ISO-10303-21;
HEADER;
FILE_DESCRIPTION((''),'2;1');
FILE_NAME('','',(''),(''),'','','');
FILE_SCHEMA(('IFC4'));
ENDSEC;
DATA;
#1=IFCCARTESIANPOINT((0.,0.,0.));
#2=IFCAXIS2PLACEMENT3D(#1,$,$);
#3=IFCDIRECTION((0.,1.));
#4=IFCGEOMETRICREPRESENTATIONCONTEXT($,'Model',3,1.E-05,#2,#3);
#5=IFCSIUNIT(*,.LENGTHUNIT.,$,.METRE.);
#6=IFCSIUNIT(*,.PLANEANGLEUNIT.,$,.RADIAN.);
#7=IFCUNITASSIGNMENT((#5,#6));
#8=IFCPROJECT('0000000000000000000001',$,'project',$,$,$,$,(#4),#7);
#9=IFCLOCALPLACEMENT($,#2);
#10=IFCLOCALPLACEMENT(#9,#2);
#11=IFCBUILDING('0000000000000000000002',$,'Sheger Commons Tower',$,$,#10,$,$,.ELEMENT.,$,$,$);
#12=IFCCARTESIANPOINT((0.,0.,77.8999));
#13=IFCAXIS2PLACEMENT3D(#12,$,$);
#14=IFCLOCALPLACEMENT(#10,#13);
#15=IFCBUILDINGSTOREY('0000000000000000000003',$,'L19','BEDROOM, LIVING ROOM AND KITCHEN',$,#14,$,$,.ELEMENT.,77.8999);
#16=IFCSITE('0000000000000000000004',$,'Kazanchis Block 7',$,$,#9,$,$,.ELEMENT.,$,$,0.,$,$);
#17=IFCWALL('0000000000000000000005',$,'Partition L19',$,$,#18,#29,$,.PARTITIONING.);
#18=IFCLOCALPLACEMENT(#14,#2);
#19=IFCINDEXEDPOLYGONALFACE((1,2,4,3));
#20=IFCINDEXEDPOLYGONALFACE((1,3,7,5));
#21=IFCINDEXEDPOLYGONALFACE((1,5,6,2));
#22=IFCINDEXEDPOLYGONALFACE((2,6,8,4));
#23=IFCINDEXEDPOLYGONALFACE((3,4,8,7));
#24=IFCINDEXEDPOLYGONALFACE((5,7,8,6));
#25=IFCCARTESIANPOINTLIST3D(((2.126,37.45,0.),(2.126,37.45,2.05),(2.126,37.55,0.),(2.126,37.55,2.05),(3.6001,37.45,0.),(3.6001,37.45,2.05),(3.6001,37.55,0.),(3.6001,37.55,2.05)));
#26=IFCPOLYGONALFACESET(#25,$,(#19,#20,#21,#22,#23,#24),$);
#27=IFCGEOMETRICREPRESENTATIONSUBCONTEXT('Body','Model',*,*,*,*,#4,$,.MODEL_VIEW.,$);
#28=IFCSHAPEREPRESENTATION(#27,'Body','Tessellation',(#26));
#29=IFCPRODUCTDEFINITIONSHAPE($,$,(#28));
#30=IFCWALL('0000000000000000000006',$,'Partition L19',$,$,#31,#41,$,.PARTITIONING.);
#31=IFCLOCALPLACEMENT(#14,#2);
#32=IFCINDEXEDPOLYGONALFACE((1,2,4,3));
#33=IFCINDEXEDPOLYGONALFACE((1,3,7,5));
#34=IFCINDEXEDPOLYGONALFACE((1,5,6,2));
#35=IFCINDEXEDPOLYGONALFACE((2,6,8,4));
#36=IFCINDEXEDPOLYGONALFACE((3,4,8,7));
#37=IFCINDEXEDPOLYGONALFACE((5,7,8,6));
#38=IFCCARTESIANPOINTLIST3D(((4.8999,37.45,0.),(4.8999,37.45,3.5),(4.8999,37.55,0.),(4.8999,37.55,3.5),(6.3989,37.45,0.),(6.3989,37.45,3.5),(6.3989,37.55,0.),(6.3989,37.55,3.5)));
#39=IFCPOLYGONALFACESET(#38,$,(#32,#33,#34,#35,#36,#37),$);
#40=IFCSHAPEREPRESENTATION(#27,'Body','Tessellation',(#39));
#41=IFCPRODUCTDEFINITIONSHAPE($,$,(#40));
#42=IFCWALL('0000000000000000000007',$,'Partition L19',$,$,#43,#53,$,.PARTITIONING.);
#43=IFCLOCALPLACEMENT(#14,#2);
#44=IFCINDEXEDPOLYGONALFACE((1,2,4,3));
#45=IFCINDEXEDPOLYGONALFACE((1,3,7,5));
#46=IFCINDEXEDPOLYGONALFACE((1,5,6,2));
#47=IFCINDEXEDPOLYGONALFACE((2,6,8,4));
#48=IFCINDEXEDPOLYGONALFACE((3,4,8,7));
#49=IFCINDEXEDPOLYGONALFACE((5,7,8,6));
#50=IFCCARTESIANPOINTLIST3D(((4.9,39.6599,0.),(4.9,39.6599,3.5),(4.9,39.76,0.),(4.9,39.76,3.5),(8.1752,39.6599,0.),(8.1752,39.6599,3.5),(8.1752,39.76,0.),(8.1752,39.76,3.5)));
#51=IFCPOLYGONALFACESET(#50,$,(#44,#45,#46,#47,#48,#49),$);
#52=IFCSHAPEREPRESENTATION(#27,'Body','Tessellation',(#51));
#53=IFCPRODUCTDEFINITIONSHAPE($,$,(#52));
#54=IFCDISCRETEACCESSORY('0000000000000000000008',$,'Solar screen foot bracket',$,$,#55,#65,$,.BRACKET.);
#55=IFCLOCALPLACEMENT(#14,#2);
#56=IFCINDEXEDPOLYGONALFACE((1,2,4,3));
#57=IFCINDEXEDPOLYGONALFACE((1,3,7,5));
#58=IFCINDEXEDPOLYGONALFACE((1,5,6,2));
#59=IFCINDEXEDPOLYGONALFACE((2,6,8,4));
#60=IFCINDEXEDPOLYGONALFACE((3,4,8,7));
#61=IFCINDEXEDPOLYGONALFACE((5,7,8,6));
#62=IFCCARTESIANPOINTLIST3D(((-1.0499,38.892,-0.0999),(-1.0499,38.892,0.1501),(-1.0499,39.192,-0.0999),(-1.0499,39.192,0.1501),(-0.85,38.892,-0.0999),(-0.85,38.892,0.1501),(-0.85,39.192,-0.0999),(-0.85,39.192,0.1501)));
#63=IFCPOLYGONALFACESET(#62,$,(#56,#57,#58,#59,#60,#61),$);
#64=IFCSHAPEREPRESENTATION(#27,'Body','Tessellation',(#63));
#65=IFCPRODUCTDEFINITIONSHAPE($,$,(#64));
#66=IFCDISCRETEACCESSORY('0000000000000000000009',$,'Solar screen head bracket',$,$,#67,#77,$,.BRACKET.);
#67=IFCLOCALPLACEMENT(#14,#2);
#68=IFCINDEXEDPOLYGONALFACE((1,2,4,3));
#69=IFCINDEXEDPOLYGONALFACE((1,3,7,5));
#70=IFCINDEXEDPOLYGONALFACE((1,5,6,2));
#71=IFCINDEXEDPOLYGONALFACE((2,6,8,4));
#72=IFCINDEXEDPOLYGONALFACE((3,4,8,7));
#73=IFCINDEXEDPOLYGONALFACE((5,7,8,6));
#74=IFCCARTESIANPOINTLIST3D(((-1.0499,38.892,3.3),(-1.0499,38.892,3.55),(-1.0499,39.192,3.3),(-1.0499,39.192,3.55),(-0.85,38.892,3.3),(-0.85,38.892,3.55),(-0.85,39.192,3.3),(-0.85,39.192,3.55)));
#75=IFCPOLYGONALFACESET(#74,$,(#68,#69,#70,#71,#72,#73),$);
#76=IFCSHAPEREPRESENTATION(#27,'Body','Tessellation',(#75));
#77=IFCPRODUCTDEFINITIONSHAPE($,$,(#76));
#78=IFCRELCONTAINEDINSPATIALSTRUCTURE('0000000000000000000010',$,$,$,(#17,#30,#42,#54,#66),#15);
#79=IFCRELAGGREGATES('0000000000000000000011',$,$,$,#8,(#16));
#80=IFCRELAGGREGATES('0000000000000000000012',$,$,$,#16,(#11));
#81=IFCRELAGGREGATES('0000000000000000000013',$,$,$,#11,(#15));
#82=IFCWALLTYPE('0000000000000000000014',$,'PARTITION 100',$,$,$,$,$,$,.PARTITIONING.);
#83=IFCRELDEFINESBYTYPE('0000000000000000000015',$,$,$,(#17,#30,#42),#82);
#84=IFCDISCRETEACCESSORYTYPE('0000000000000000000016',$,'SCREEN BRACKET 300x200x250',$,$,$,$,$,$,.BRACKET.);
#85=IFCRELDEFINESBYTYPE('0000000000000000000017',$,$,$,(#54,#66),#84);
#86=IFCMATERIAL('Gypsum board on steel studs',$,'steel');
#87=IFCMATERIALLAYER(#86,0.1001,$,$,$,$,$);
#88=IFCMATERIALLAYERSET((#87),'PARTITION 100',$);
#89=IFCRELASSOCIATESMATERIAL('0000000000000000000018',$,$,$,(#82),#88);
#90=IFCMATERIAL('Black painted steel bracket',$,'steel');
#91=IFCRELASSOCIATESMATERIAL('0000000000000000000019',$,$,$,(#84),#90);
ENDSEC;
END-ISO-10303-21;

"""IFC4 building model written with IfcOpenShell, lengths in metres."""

from ifc_helpers import new_model, si_unit, direction, frame, frame_2d, origin, origin_2d, place, context, subcontext, project, spatial, rectangle, extrude, material, layer, layer_set, type_object, element, save


model = new_model("IFC4")

# Units and contexts
model_context = context("Model", 3, precision=1e-05, world=origin(), true_north=direction((0.0, 1.0)))
body_context = subcontext(model_context, "Body", "Model", "MODEL_VIEW")
ifc_project = project(units=[si_unit("LENGTHUNIT", "METRE"), si_unit("PLANEANGLEUNIT", "RADIAN")], contexts=[model_context])

# Site, building, storey
site_placement = place(None, origin())
site = spatial("IfcSite", under=ifc_project, at=site_placement, Name="Kazanchis Block 7", CompositionType="ELEMENT", RefElevation=0.0)
building_placement = place(site_placement, origin())
building = spatial("IfcBuilding", under=site, at=building_placement, Name="Sheger Commons Tower", CompositionType="ELEMENT")
storey_placement = place(building_placement, frame((0.0, 0.0, 77.8999)))
storey = spatial("IfcBuildingStorey", under=building, at=storey_placement, Name="L19", Description="BEDROOM, LIVING ROOM AND KITCHEN", CompositionType="ELEMENT", Elevation=77.8999)

# Shared definitions
ifc_material_1 = material(Name="Gypsum board on steel studs", Category="steel")
ifc_layer_1 = layer(ifc_material_1, 0.1001)
ifc_layer_set_1 = layer_set([ifc_layer_1], Name="PARTITION 100")
wall_type_1 = type_object("IfcWallType", Name="PARTITION 100", PredefinedType="PARTITIONING", material=ifc_layer_set_1)

# Walls
wall_1_placement = place(storey_placement, frame((2.126, 37.5, 0.0), z_axis=(0.0, 0.0, 1.0), x_axis=(1.0, 0.0, 0.0)))
element("IfcWall", 1, at=wall_1_placement, inside=storey, type_object=wall_type_1, Name="Partition L19", PredefinedType="PARTITIONING", context=body_context, shape_type="SweptSolid", body=[
    extrude(rectangle(XDim=1.4741, YDim=0.1001, at=frame_2d((0.7371, 0.0))), origin(), (0.0, 0.0, 1.0), 2.05),
])
wall_2_placement = place(storey_placement, frame((4.8999, 37.5, 0.0), z_axis=(0.0, 0.0, 1.0), x_axis=(1.0, 0.0, 0.0)))
element("IfcWall", 2, at=wall_2_placement, inside=storey, type_object=wall_type_1, Name="Partition L19", PredefinedType="PARTITIONING", context=body_context, shape_type="SweptSolid", body=[
    extrude(rectangle(XDim=1.499, YDim=0.1001, at=frame_2d((0.7495, 0.0))), origin(), (0.0, 0.0, 1.0), 3.5),
])
wall_3_placement = place(storey_placement, frame((4.8999, 39.71, 0.0), z_axis=(0.0, 0.0, 1.0), x_axis=(1.0, 0.0, 0.0)))
element("IfcWall", 3, at=wall_3_placement, inside=storey, type_object=wall_type_1, Name="Partition L19", PredefinedType="PARTITIONING", context=body_context, shape_type="SweptSolid", body=[
    extrude(rectangle(XDim=3.2751, YDim=0.1001, at=frame_2d((1.6377, 0.0))), origin(), (0.0, 0.0, 1.0), 3.5),
])

# Discrete accessories
ifc_material_2 = material(Name="Black painted steel bracket", Category="steel")
discrete_accessory_type = type_object("IfcDiscreteAccessoryType", Name="SCREEN BRACKET 300x200x250", PredefinedType="BRACKET", material=ifc_material_2)
for number, where, z_axis, x_axis, name in (
    (4, (-0.95, 39.042, -0.0999), (0.0, 0.0, 1.0), (0.0, -1.0, 0.0), "Solar screen foot bracket"),
    (5, (-0.95, 39.042, 3.3), (0.0, 0.0, 1.0), (0.0, -1.0, 0.0), "Solar screen head bracket"),
):
    element("IfcDiscreteAccessory", number, at=place(storey_placement, frame(where, z_axis=z_axis, x_axis=x_axis)), inside=storey, type_object=discrete_accessory_type, Name=name, PredefinedType="BRACKET", context=body_context, shape_type="SweptSolid", body=[
        extrude(rectangle(XDim=0.3, YDim=0.2, at=origin_2d()), origin(), (0.0, 0.0, 1.0), 0.25),
    ])

save(model, "model.ifc")
